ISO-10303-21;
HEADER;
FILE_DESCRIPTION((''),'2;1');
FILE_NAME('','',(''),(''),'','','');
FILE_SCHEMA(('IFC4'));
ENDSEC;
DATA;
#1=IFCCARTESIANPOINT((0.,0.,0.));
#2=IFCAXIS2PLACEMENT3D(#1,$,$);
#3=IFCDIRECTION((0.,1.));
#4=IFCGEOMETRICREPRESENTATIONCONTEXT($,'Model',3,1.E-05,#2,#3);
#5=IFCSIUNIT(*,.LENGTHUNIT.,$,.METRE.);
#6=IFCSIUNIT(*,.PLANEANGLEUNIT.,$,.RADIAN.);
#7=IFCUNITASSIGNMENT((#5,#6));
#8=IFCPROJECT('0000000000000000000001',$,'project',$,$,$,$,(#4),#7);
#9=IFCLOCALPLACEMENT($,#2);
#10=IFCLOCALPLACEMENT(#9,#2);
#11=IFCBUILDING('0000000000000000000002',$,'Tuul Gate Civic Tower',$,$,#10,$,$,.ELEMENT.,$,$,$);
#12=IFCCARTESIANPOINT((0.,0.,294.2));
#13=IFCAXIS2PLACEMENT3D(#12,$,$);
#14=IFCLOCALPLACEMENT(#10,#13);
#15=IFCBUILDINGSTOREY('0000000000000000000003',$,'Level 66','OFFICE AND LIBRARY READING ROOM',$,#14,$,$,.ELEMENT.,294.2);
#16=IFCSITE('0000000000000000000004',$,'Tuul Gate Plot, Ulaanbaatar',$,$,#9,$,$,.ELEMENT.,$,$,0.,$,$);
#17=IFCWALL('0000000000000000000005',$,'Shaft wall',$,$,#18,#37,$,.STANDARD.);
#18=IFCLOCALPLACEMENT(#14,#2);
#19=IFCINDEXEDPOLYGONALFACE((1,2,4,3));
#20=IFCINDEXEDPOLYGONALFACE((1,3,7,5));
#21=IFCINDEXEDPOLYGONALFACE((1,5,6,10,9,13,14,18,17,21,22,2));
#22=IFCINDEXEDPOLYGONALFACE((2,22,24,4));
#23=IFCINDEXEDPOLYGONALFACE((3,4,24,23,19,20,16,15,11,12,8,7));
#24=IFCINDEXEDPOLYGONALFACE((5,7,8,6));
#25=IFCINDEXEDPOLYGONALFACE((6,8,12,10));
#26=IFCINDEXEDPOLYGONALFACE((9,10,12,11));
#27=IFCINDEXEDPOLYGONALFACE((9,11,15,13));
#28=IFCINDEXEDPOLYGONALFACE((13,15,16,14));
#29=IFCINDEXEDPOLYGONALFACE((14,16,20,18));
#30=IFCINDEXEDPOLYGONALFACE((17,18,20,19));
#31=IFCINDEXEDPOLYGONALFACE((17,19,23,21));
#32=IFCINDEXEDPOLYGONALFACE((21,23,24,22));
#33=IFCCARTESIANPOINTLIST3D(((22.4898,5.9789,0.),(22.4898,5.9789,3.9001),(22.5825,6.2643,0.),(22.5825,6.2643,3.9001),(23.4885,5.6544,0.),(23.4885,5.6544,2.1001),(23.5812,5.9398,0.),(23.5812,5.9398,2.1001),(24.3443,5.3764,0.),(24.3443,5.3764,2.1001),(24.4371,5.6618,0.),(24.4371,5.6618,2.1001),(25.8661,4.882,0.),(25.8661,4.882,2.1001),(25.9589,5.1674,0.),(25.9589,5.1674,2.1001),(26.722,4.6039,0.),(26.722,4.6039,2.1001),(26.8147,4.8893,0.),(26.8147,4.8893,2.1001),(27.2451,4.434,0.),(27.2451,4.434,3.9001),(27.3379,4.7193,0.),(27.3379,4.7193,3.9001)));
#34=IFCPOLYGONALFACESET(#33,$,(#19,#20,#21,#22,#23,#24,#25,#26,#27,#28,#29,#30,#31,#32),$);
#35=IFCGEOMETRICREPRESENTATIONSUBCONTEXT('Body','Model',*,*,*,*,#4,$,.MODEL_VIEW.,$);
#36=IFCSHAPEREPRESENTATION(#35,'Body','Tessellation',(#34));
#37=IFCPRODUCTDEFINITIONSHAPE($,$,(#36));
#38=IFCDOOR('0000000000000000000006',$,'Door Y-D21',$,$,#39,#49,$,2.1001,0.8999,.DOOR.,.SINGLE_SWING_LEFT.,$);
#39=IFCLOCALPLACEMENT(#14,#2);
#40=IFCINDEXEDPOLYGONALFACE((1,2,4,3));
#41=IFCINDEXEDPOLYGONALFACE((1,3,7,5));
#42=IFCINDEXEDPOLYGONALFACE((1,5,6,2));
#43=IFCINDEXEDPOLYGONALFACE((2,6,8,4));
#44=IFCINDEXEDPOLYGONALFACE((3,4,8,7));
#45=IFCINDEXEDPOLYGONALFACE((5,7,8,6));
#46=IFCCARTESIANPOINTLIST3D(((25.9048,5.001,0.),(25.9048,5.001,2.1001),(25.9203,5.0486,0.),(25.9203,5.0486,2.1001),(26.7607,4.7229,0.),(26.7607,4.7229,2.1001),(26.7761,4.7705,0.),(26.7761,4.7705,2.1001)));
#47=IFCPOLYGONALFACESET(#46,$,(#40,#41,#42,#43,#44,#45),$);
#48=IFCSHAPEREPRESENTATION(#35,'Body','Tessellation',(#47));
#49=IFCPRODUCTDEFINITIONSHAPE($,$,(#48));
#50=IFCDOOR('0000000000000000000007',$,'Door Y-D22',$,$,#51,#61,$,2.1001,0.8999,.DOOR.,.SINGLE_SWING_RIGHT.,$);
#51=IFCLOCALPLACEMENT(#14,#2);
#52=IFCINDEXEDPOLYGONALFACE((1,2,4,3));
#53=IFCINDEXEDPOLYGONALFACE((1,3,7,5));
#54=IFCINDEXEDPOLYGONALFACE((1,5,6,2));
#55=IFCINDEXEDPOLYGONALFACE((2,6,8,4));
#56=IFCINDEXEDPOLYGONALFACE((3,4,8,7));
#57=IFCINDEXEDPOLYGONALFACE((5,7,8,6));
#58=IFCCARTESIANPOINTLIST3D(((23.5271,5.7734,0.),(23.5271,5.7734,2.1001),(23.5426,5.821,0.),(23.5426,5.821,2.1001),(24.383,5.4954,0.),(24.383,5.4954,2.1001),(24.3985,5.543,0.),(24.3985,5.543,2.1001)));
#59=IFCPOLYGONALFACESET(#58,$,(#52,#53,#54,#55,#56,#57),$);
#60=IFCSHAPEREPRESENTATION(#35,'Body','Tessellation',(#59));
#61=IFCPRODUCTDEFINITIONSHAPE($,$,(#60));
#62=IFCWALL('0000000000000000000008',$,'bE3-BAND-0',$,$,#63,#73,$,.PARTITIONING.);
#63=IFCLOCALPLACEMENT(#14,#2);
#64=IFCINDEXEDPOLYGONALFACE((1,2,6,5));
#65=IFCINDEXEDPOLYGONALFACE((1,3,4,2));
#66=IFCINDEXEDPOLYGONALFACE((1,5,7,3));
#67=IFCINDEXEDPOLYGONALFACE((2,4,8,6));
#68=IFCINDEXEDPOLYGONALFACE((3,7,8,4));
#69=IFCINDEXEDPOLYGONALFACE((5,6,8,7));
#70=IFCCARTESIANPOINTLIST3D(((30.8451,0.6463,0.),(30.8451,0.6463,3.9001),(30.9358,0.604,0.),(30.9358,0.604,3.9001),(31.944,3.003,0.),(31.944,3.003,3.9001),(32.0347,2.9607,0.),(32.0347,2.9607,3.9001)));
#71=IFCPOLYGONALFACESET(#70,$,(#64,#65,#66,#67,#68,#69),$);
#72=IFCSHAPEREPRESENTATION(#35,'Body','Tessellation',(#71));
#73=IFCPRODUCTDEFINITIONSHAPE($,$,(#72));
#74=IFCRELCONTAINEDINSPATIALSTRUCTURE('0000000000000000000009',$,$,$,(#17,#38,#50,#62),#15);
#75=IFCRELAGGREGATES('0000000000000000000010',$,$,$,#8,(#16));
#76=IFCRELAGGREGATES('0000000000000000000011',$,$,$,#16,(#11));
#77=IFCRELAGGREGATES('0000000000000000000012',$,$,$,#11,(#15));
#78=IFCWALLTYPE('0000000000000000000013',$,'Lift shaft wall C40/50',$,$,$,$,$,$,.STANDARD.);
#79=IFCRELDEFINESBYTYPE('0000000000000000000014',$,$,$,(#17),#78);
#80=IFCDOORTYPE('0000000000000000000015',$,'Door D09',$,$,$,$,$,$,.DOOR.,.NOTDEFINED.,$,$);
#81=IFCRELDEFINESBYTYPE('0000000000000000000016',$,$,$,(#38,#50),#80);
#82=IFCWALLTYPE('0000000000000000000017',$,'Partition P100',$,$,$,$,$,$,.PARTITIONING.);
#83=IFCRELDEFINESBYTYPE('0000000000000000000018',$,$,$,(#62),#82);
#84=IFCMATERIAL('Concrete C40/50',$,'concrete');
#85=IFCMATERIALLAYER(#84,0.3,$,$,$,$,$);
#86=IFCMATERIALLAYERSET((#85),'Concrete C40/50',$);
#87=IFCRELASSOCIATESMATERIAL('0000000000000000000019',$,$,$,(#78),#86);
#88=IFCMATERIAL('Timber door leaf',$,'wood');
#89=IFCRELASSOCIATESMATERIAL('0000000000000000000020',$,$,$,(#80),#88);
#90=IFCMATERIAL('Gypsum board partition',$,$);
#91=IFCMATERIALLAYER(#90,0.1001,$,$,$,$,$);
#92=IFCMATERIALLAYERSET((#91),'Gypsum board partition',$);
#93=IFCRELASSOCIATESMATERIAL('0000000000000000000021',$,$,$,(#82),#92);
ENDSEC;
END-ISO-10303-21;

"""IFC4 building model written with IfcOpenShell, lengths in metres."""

from ifc_helpers import new_model, si_unit, direction, frame, frame_2d, origin, place, context, subcontext, project, spatial, rectangle, extrude, material, layer, layer_set, type_object, element, fill, save


model = new_model("IFC4")

# Units and contexts
model_context = context("Model", 3, precision=1e-05, world=origin(), true_north=direction((0.0, 1.0)))
body_context = subcontext(model_context, "Body", "Model", "MODEL_VIEW")
ifc_project = project(units=[si_unit("LENGTHUNIT", "METRE"), si_unit("PLANEANGLEUNIT", "RADIAN")], contexts=[model_context])

# Site, building, storey
site_placement = place(None, origin())
site = spatial("IfcSite", under=ifc_project, at=site_placement, Name="Tuul Gate Plot, Ulaanbaatar", CompositionType="ELEMENT", RefElevation=0.0)
building_placement = place(site_placement, origin())
building = spatial("IfcBuilding", under=site, at=building_placement, Name="Tuul Gate Civic Tower", CompositionType="ELEMENT")
storey_placement = place(building_placement, frame((0.0, 0.0, 294.2)))
storey = spatial("IfcBuildingStorey", under=building, at=storey_placement, Name="Level 66", Description="OFFICE AND LIBRARY READING ROOM", CompositionType="ELEMENT", Elevation=294.2)

# Shared definitions
ifc_material_1 = material(Name="Concrete C40/50", Category="concrete")
ifc_layer_1 = layer(ifc_material_1, 0.3)
ifc_layer_set_1 = layer_set([ifc_layer_1], Name="Concrete C40/50")
wall_type_1 = type_object("IfcWallType", Name="Lift shaft wall C40/50", PredefinedType="STANDARD", material=ifc_layer_set_1)

# Wall, openings, doors
wall_1_placement = place(storey_placement, frame((27.2915, 4.5767, 0.0), z_axis=(0.0, 0.0, 1.0), x_axis=(-0.951068, 0.308982, 0.0)))
wall_1 = element("IfcWall", 1, at=wall_1_placement, inside=storey, type_object=wall_type_1, Name="Shaft wall", PredefinedType="STANDARD", context=body_context, shape_type="SweptSolid", body=[
    extrude(rectangle(XDim=5.0, YDim=0.3, at=frame_2d((2.5, 0.0))), origin(), (0.0, 0.0, 1.0), 3.9001),
])
opening_1_placement = place(wall_1_placement, frame((0.55, 0.0, 0.0)))
opening_1 = element("IfcOpeningElement", 2, at=opening_1_placement, cuts=wall_1, PredefinedType="OPENING", context=body_context, shape_type="SweptSolid", body=[
    extrude(rectangle(XDim=0.8999, YDim=2.1001, at=frame_2d((0.45, 1.05))), frame((0.0, 0.1602, 0.0), z_axis=(0.0, -1.0, 0.0), x_axis=(1.0, 0.0, 0.0)), (0.0, 0.0, 1.0), 0.3201),
])
opening_2_placement = place(wall_1_placement, frame((3.05, 0.0, 0.0)))
opening_2 = element("IfcOpeningElement", 3, at=opening_2_placement, cuts=wall_1, PredefinedType="OPENING", context=body_context, shape_type="SweptSolid", body=[
    extrude(rectangle(XDim=0.8999, YDim=2.1001, at=frame_2d((0.45, 1.05))), frame((0.0, 0.1602, 0.0), z_axis=(0.0, -1.0, 0.0), x_axis=(1.0, 0.0, 0.0)), (0.0, 0.0, 1.0), 0.3201),
])
ifc_material_2 = material(Name="Timber door leaf", Category="wood")
door_type_1 = type_object("IfcDoorType", Name="Door D09", OperationType="NOTDEFINED", PredefinedType="DOOR", material=ifc_material_2)
door_1_placement = place(opening_1_placement, origin())
door_1 = element("IfcDoor", 4, at=door_1_placement, inside=storey, type_object=door_type_1, Name="Door Y-D21", OperationType="SINGLE_SWING_LEFT", OverallHeight=2.1001, OverallWidth=0.8999, PredefinedType="DOOR", context=body_context, shape_type="SweptSolid", body=[
    extrude(rectangle(XDim=0.8999, YDim=2.1001, at=frame_2d((0.45, 1.05))), frame((0.0, 0.0249, 0.0), z_axis=(0.0, -1.0, 0.0), x_axis=(1.0, 0.0, 0.0)), (0.0, 0.0, 1.0), 0.05),
])
fill(opening_1, door_1)
door_2_placement = place(opening_2_placement, origin())
door_2 = element("IfcDoor", 5, at=door_2_placement, inside=storey, type_object=door_type_1, Name="Door Y-D22", OperationType="SINGLE_SWING_RIGHT", OverallHeight=2.1001, OverallWidth=0.8999, PredefinedType="DOOR", context=body_context, shape_type="SweptSolid", body=[
    extrude(rectangle(XDim=0.8999, YDim=2.1001, at=frame_2d((0.45, 1.05))), frame((0.0, 0.0249, 0.0), z_axis=(0.0, -1.0, 0.0), x_axis=(1.0, 0.0, 0.0)), (0.0, 0.0, 1.0), 0.05),
])
fill(opening_2, door_2)

# Wall
ifc_material_3 = material(Name="Gypsum board partition")
ifc_layer_2 = layer(ifc_material_3, 0.1001)
ifc_layer_set_2 = layer_set([ifc_layer_2], Name="Gypsum board partition")
wall_type_2 = type_object("IfcWallType", Name="Partition P100", PredefinedType="PARTITIONING", material=ifc_layer_set_2)
wall_2_placement = place(storey_placement, frame((30.8904, 0.625, 0.0), z_axis=(0.0, 0.0, 1.0), x_axis=(0.422598, 0.906317, 0.0)))
element("IfcWall", 6, at=wall_2_placement, inside=storey, type_object=wall_type_2, Name="bE3-BAND-0", PredefinedType="PARTITIONING", context=body_context, shape_type="SweptSolid", body=[
    extrude(rectangle(XDim=2.6003, YDim=0.1001, at=frame_2d((1.3003, 0.0))), origin(), (0.0, 0.0, 1.0), 3.9001),
])

save(model, "model.ifc")
